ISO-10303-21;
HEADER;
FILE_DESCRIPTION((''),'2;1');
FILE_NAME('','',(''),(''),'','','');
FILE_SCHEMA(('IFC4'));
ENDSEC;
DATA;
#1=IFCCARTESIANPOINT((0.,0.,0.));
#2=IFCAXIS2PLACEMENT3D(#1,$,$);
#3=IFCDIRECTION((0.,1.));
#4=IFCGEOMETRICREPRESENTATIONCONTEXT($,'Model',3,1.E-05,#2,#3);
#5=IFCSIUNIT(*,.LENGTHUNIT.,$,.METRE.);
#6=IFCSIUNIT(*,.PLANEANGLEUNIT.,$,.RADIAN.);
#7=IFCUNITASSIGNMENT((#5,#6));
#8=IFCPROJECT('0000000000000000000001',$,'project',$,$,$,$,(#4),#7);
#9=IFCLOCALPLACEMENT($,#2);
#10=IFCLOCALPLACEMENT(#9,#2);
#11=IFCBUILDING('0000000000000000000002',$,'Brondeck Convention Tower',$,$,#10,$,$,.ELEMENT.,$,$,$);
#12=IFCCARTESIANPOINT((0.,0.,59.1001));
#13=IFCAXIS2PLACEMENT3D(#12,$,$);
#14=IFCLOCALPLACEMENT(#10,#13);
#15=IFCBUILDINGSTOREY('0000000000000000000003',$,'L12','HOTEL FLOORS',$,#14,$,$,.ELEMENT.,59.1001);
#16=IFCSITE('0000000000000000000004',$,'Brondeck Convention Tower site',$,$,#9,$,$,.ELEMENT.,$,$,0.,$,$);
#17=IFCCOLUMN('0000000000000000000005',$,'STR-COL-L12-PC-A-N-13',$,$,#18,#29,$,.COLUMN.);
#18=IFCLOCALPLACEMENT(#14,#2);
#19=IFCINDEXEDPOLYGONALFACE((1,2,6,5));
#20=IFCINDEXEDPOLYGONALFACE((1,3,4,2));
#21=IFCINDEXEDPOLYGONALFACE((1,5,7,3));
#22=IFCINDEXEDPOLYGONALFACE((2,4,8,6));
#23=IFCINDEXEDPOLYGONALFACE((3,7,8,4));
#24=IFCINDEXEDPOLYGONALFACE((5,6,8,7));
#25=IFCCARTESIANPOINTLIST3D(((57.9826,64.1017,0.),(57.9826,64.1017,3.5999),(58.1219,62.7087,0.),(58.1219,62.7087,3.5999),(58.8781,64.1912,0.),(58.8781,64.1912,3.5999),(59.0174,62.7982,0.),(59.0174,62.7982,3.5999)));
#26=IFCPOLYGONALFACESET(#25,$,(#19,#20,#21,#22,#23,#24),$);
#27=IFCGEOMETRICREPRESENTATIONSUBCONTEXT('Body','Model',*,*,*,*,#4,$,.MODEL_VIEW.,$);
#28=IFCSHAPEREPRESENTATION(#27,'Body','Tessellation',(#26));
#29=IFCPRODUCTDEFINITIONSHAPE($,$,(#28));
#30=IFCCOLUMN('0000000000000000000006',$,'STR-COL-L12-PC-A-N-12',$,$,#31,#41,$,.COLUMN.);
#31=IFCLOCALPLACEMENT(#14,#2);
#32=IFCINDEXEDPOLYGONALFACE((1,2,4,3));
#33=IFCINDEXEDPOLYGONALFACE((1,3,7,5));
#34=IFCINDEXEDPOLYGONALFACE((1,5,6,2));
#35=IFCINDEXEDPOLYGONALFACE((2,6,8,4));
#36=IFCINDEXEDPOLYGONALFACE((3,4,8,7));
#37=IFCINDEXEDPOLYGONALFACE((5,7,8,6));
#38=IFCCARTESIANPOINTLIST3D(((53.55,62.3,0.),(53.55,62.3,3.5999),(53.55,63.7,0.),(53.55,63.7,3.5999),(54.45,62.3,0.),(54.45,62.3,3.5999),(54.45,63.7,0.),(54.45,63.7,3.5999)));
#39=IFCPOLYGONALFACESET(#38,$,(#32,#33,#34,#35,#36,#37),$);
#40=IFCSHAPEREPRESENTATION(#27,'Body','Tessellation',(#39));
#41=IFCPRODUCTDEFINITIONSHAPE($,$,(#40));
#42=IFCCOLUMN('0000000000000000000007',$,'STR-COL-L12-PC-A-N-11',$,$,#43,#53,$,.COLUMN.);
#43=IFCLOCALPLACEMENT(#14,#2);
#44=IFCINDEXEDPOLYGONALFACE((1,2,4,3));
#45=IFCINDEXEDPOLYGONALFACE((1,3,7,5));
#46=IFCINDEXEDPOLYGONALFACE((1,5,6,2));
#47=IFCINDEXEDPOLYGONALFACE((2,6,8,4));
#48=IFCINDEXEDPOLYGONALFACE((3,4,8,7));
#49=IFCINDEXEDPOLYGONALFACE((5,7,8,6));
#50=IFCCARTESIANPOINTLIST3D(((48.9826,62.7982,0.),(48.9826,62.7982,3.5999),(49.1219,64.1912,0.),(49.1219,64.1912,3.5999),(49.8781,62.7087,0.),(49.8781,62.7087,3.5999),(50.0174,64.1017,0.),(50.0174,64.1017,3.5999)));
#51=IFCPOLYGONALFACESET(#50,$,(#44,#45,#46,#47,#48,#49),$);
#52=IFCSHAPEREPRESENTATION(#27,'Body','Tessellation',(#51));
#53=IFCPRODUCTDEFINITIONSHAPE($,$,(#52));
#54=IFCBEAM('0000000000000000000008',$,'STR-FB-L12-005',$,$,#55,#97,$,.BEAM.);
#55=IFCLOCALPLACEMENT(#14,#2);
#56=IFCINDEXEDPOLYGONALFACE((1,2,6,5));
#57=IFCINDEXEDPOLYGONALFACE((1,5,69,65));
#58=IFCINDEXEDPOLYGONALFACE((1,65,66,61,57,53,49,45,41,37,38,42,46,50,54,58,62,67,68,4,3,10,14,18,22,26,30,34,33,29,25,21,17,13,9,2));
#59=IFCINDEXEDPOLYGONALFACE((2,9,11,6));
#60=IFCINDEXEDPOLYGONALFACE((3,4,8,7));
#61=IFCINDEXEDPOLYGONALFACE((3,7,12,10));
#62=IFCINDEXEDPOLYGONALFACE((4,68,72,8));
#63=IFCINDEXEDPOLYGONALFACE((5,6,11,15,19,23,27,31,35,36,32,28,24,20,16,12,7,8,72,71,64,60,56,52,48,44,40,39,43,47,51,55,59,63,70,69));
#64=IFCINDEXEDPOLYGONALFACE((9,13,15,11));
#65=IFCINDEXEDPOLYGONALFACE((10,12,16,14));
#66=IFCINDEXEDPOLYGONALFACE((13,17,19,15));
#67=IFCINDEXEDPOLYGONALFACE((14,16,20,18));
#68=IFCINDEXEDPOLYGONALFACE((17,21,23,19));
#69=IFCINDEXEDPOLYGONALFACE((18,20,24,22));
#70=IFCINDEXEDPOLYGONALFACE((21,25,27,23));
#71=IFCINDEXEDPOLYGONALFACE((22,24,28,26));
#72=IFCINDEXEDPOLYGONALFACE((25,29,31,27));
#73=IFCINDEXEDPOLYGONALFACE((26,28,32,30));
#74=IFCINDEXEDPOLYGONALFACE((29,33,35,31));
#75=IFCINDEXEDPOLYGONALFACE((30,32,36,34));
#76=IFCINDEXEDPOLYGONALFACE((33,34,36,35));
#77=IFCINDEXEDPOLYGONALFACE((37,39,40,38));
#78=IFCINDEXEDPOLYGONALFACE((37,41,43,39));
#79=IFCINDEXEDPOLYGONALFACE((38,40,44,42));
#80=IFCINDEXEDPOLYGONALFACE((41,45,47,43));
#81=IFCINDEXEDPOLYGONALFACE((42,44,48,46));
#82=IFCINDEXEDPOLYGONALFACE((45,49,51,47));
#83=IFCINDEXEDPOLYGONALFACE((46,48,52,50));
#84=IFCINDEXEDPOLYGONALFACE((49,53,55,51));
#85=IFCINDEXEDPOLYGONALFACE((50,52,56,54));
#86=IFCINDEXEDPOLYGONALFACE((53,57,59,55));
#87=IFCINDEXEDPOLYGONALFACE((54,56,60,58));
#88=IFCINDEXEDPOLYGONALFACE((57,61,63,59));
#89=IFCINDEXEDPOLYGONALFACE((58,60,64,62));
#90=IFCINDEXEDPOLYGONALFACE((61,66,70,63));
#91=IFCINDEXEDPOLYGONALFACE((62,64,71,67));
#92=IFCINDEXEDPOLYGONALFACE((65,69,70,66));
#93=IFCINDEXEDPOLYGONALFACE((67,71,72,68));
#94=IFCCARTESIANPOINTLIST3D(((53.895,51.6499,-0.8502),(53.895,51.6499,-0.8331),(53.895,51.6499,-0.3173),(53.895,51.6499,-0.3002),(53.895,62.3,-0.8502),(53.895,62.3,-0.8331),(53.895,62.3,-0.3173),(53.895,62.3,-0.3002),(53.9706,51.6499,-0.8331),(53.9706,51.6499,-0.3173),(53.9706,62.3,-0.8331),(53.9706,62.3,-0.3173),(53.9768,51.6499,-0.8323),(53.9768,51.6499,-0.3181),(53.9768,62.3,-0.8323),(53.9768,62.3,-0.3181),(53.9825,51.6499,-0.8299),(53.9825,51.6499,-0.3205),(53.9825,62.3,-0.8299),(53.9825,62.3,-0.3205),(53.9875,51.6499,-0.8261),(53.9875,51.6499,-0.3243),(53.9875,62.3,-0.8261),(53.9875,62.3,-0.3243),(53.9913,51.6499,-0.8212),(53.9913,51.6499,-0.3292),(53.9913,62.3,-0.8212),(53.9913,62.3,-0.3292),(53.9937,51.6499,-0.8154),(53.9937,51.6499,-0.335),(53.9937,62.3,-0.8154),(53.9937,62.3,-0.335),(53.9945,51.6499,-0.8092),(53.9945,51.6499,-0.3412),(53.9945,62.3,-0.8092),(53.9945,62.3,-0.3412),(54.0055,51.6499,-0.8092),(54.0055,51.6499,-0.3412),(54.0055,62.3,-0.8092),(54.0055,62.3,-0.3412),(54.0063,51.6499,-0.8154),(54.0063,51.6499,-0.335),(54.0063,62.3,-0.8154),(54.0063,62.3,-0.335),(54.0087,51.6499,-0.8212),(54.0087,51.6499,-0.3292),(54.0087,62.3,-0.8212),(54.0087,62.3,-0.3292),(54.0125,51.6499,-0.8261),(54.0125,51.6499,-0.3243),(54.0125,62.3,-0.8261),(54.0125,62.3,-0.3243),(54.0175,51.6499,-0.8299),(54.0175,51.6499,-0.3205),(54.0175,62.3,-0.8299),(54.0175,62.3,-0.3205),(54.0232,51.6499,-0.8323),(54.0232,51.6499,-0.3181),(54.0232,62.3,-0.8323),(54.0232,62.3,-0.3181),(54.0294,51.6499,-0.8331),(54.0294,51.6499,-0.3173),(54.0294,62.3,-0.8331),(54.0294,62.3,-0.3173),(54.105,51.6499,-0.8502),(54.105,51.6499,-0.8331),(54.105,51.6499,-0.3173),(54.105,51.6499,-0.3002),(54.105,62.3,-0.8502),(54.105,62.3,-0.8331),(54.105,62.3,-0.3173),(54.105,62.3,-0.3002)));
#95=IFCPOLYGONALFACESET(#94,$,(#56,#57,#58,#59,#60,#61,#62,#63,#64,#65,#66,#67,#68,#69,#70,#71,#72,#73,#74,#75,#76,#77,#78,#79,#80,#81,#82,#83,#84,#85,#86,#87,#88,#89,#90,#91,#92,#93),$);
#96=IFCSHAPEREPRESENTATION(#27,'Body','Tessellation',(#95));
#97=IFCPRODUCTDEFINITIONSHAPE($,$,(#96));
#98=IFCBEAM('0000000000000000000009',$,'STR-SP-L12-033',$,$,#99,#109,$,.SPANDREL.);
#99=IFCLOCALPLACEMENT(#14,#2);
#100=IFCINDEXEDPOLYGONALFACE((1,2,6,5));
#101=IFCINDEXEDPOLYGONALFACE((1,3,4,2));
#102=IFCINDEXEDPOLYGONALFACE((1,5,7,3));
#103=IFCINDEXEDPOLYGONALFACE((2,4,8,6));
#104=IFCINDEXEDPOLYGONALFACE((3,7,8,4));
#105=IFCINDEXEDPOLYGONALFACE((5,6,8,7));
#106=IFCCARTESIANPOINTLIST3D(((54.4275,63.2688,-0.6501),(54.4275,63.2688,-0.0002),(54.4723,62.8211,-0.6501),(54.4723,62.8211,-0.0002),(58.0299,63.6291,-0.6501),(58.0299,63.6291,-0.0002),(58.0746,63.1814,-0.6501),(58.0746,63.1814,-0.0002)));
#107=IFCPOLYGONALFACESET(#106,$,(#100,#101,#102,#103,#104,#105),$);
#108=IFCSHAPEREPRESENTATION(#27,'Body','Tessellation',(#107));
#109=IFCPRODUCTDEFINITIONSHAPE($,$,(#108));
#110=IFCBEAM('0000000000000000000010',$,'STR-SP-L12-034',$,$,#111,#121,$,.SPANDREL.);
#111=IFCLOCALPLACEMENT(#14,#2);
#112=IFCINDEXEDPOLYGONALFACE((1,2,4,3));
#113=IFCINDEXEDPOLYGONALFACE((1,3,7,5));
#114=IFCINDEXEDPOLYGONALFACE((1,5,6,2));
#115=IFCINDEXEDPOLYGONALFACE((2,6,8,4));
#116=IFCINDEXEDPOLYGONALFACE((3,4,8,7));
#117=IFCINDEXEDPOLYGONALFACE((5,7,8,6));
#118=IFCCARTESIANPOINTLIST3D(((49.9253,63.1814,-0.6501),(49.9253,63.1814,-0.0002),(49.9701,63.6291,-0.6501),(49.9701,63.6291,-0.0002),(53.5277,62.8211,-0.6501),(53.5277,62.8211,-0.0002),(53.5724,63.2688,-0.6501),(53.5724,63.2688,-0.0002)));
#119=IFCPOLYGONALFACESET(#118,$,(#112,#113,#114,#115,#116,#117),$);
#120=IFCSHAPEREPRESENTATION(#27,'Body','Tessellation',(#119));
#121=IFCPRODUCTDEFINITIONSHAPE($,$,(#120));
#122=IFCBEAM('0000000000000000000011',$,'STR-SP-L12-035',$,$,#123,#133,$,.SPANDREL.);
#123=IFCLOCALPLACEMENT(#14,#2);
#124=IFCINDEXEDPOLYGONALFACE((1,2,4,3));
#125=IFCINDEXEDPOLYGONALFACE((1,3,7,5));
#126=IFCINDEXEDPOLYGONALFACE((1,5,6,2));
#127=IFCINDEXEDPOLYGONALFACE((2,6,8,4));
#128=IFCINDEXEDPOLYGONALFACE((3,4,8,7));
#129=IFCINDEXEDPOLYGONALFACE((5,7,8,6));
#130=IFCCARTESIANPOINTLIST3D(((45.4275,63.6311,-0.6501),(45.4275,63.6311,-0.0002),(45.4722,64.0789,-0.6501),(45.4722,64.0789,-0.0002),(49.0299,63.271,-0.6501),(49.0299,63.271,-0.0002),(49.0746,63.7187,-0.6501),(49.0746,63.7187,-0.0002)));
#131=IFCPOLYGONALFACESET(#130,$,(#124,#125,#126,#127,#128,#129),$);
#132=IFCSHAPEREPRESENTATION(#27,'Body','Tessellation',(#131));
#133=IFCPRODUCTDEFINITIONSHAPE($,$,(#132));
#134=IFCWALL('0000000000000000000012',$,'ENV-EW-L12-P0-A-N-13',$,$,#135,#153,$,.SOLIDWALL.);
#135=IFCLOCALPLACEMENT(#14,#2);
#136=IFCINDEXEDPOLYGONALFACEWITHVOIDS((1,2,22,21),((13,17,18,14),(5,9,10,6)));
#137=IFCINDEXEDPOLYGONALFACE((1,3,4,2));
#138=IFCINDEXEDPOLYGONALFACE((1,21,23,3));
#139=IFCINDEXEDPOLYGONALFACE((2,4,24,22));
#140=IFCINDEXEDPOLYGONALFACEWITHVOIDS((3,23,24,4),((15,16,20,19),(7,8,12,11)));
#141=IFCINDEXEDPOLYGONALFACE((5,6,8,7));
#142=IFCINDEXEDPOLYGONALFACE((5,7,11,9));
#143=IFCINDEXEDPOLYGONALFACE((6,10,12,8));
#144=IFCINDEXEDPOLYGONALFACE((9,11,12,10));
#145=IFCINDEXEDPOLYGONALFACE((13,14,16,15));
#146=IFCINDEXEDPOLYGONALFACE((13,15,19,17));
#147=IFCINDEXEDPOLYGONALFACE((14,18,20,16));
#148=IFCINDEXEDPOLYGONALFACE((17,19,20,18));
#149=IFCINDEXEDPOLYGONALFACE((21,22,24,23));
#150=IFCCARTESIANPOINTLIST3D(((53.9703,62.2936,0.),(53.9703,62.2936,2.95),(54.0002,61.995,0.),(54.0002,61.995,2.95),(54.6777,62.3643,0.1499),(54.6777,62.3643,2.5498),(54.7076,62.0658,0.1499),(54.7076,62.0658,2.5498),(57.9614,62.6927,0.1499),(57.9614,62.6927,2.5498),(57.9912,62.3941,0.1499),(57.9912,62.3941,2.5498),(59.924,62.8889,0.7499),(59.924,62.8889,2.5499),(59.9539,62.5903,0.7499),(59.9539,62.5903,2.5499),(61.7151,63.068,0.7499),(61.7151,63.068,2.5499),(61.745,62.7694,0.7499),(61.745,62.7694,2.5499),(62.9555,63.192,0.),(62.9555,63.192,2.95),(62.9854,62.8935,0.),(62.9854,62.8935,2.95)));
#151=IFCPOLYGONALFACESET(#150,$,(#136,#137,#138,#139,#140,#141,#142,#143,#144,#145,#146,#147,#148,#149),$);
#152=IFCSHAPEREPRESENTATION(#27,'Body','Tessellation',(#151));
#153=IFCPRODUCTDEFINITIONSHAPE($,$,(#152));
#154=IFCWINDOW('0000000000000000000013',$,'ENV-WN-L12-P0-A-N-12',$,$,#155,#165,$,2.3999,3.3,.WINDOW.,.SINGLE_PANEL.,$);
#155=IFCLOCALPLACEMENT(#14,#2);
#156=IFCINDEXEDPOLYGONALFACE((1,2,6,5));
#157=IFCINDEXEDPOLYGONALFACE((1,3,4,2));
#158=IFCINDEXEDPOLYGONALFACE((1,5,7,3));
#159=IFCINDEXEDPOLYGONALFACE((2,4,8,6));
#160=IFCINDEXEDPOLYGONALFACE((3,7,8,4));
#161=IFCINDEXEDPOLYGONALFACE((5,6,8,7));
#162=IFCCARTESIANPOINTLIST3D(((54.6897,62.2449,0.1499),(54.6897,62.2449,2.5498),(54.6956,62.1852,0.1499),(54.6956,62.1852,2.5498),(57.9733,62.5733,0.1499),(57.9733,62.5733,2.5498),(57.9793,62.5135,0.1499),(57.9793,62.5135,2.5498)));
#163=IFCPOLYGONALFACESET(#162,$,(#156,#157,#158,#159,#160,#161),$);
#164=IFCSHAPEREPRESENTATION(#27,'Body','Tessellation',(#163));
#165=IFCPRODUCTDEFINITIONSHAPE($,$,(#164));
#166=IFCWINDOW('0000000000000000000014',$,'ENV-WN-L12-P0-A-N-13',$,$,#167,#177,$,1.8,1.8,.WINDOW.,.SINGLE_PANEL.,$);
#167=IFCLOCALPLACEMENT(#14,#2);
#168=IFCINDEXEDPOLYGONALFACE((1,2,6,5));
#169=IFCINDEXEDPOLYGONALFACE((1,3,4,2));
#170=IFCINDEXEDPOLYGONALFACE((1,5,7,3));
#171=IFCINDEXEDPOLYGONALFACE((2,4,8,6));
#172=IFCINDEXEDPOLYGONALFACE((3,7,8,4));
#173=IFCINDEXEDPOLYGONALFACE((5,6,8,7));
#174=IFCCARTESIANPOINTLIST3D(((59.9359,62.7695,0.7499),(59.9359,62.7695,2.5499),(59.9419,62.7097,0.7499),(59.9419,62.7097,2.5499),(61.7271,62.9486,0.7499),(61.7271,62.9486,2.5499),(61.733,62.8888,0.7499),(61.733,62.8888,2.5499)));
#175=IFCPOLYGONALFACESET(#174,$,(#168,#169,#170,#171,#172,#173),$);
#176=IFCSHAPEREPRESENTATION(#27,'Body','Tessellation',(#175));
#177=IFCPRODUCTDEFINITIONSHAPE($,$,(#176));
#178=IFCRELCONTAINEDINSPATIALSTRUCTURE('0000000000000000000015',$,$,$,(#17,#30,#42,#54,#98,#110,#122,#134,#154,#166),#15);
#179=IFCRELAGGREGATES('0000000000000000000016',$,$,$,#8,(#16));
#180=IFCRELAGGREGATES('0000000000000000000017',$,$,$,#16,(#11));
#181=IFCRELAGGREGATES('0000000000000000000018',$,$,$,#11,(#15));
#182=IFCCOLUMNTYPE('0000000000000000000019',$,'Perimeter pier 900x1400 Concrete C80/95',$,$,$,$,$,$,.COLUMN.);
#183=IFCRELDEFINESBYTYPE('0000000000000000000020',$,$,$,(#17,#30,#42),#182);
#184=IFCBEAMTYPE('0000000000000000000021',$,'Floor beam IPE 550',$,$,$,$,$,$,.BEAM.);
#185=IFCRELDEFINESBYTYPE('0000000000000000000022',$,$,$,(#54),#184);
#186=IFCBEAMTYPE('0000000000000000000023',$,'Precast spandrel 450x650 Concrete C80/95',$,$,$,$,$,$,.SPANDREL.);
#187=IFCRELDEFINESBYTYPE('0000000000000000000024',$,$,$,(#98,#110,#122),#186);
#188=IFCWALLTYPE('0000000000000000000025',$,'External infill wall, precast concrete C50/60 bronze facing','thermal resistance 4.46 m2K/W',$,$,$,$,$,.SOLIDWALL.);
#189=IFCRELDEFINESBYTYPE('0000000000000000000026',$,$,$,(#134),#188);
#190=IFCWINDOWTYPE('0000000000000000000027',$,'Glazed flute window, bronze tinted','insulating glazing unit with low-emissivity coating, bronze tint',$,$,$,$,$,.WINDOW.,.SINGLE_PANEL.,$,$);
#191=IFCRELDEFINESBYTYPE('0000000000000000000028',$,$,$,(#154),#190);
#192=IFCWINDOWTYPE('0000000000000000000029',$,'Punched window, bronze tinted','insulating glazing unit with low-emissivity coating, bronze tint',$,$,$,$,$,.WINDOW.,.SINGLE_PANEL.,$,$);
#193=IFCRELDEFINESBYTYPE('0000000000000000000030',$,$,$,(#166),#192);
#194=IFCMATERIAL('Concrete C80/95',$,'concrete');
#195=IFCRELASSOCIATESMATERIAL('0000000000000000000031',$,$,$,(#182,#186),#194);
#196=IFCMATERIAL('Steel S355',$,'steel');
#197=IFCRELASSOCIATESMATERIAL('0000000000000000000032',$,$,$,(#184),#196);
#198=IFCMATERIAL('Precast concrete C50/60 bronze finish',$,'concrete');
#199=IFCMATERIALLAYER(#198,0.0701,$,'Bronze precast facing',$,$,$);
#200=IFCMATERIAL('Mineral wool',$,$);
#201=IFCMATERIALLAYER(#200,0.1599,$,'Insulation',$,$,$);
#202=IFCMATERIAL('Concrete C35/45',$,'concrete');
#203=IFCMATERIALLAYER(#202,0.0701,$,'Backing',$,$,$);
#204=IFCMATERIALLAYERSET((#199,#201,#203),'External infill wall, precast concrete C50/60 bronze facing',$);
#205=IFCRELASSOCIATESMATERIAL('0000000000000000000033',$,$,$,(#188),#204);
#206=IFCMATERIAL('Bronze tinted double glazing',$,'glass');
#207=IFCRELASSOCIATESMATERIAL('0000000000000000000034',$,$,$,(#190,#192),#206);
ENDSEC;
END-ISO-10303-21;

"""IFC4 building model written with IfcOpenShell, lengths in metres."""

from ifc_helpers import new_model, si_unit, direction, frame, frame_2d, origin, origin_2d, place, context, subcontext, project, spatial, rectangle, i_section, extrude, material, layer, layer_set, material_profile, profile_set, type_object, element, fill, save


model = new_model("IFC4")

# Units and contexts
model_context = context("Model", 3, precision=1e-05, world=origin(), true_north=direction((0.0, 1.0)))
body_context = subcontext(model_context, "Body", "Model", "MODEL_VIEW")
ifc_project = project(units=[si_unit("LENGTHUNIT", "METRE"), si_unit("PLANEANGLEUNIT", "RADIAN")], contexts=[model_context])

# Site, building, storey
site_placement = place(None, origin())
site = spatial("IfcSite", under=ifc_project, at=site_placement, Name="Brondeck Convention Tower site", CompositionType="ELEMENT", RefElevation=0.0)
building_placement = place(site_placement, origin())
building = spatial("IfcBuilding", under=site, at=building_placement, Name="Brondeck Convention Tower", CompositionType="ELEMENT")
storey_placement = place(building_placement, frame((0.0, 0.0, 59.1001)))
storey = spatial("IfcBuildingStorey", under=building, at=storey_placement, Name="L12", Description="HOTEL FLOORS", CompositionType="ELEMENT", Elevation=59.1001)

# Columns
ifc_material_1 = material(Name="Concrete C80/95", Category="concrete")
ifc_material_profile_1 = material_profile(ifc_material_1, rectangle(XDim=0.8999, YDim=1.3999, at=origin_2d()), Name="Perimeter pier 900x1400 Concrete C80/95")
ifc_profile_set_1 = profile_set([ifc_material_profile_1], Name="Concrete C80/95")
column_type = type_object("IfcColumnType", Name="Perimeter pier 900x1400 Concrete C80/95", PredefinedType="COLUMN", material=ifc_profile_set_1)
for number, where, z_axis, x_axis, name in (
    (1, (58.5, 63.45, 0.0), (0.0, 0.0, 1.0), (-0.995037, -0.099504, 0.0), "STR-COL-L12-PC-A-N-13"),
    (2, (54.0, 63.0, 0.0), (0.0, 0.0, 1.0), (-1.0, 0.0, 0.0), "STR-COL-L12-PC-A-N-12"),
    (3, (49.5, 63.45, 0.0), (0.0, 0.0, 1.0), (-0.995037, 0.099504, 0.0), "STR-COL-L12-PC-A-N-11"),
):
    element("IfcColumn", number, at=place(storey_placement, frame(where, z_axis=z_axis, x_axis=x_axis)), inside=storey, type_object=column_type, Name=name, PredefinedType="COLUMN", context=body_context, shape_type="SweptSolid", body=[
        extrude(rectangle(XDim=0.8999, YDim=1.3999, at=origin_2d()), origin(), (0.0, 0.0, 1.0), 3.5999),
    ])

# Beams
ifc_material_2 = material(Name="Steel S355", Category="steel")
ifc_material_profile_2 = material_profile(ifc_material_2, i_section(OverallWidth=0.21, OverallDepth=0.55, WebThickness=0.011, FlangeThickness=0.0171, FilletRadius=0.0239, at=origin_2d()), Name="IPE 550")
ifc_profile_set_2 = profile_set([ifc_material_profile_2], Name="Steel S355")
beam_type_1 = type_object("IfcBeamType", Name="Floor beam IPE 550", PredefinedType="BEAM", material=ifc_profile_set_2)
beam_placement = place(storey_placement, frame((54.0, 51.6499, -0.5752), z_axis=(0.0, 1.0, 0.0), x_axis=(-1.0, 0.0, 0.0)))
element("IfcBeam", 4, at=beam_placement, inside=storey, type_object=beam_type_1, Name="STR-FB-L12-005", PredefinedType="BEAM", context=body_context, shape_type="SweptSolid", body=[
    extrude(i_section(OverallWidth=0.21, OverallDepth=0.55, WebThickness=0.011, FlangeThickness=0.0171, FilletRadius=0.0239, at=origin_2d()), origin(), (0.0, 0.0, 1.0), 10.6501),
])
ifc_material_profile_3 = material_profile(ifc_material_1, rectangle(XDim=0.45, YDim=0.6499, at=origin_2d()), Name="Precast spandrel 450x650 Concrete C80/95")
ifc_profile_set_3 = profile_set([ifc_material_profile_3], Name="Concrete C80/95")
beam_type_2 = type_object("IfcBeamType", Name="Precast spandrel 450x650 Concrete C80/95", PredefinedType="SPANDREL", material=ifc_profile_set_3)
for number, where, z_axis, x_axis, name in (
    (5, (58.0522, 63.4053, -0.3252), (-0.995034, -0.099537, 0.0), (0.099537, -0.995034, 0.0), "STR-SP-L12-033"),
    (6, (53.55, 63.0449, -0.3252), (-0.995034, 0.099537, 0.0), (-0.099537, -0.995034, 0.0), "STR-SP-L12-034"),
    (7, (49.0522, 63.4949, -0.3252), (-0.995041, 0.09947, 0.0), (-0.09947, -0.995041, 0.0), "STR-SP-L12-035"),
):
    element("IfcBeam", number, at=place(storey_placement, frame(where, z_axis=z_axis, x_axis=x_axis)), inside=storey, type_object=beam_type_2, Name=name, PredefinedType="SPANDREL", context=body_context, shape_type="SweptSolid", body=[
        extrude(rectangle(XDim=0.45, YDim=0.6499, at=origin_2d()), origin(), (0.0, 0.0, 1.0), 3.6204),
    ])

# Wall, openings, windows
ifc_material_3 = material(Name="Precast concrete C50/60 bronze finish", Category="concrete")
ifc_layer_1 = layer(ifc_material_3, 0.0701, Name="Bronze precast facing")
ifc_material_4 = material(Name="Mineral wool")
ifc_layer_2 = layer(ifc_material_4, 0.1599, Name="Insulation")
ifc_material_5 = material(Name="Concrete C35/45", Category="concrete")
ifc_layer_3 = layer(ifc_material_5, 0.0701, Name="Backing")
ifc_layer_set_1 = layer_set([ifc_layer_1, ifc_layer_2, ifc_layer_3], Name="External infill wall, precast concrete C50/60 bronze facing")
wall_type_1 = type_object("IfcWallType", Name="External infill wall, precast concrete C50/60 bronze facing", Description="thermal resistance 4.46 m2K/W", PredefinedType="SOLIDWALL", material=ifc_layer_set_1)
wall_1_placement = place(storey_placement, frame((53.9851, 62.1443, 0.0), z_axis=(0.0, 0.0, 1.0), x_axis=(0.995038, 0.099496, 0.0)))
wall_1 = element("IfcWall", 8, at=wall_1_placement, inside=storey, type_object=wall_type_1, Name="ENV-EW-L12-P0-A-N-13", PredefinedType="SOLIDWALL", context=body_context, shape_type="SweptSolid", body=[
    extrude(rectangle(XDim=9.03, YDim=0.3, at=frame_2d((4.5151, 0.0))), origin(), (0.0, 0.0, 1.0), 2.95),
])
opening_1_placement = place(wall_1_placement, frame((0.7112, 0.0, 0.1499)))
opening_1 = element("IfcOpeningElement", 9, at=opening_1_placement, cuts=wall_1, PredefinedType="OPENING", context=body_context, shape_type="SweptSolid", body=[
    extrude(rectangle(XDim=3.3, YDim=2.3999, at=frame_2d((1.6499, 1.2))), frame((0.0, 0.1599, 0.0), z_axis=(0.0, -1.0, 0.0), x_axis=(1.0, 0.0, 0.0)), (0.0, 0.0, 1.0), 0.3201),
])
opening_2_placement = place(wall_1_placement, frame((5.9836, 0.0, 0.75)))
opening_2 = element("IfcOpeningElement", 10, at=opening_2_placement, cuts=wall_1, PredefinedType="OPENING", context=body_context, shape_type="SweptSolid", body=[
    extrude(rectangle(XDim=1.8, YDim=1.8, at=frame_2d((0.8999, 0.8999))), frame((0.0, 0.1599, 0.0), z_axis=(0.0, -1.0, 0.0), x_axis=(1.0, 0.0, 0.0)), (0.0, 0.0, 1.0), 0.3201),
])
ifc_material_6 = material(Name="Bronze tinted double glazing", Category="glass")
window_type_1 = type_object("IfcWindowType", Name="Glazed flute window, bronze tinted", Description="insulating glazing unit with low-emissivity coating, bronze tint", PartitioningType="SINGLE_PANEL", PredefinedType="WINDOW", material=ifc_material_6)
window_1_placement = place(opening_1_placement, origin())
window_1 = element("IfcWindow", 11, at=window_1_placement, inside=storey, type_object=window_type_1, Name="ENV-WN-L12-P0-A-N-12", OverallHeight=2.3999, OverallWidth=3.3, PartitioningType="SINGLE_PANEL", PredefinedType="WINDOW", context=body_context, shape_type="SweptSolid", body=[
    extrude(rectangle(XDim=3.3, YDim=2.3999, at=frame_2d((1.6499, 1.2))), frame((0.0, 0.03, 0.0), z_axis=(0.0, -1.0, 0.0), x_axis=(1.0, 0.0, 0.0)), (0.0, 0.0, 1.0), 0.0601),
])
fill(opening_1, window_1)
window_type_2 = type_object("IfcWindowType", Name="Punched window, bronze tinted", Description="insulating glazing unit with low-emissivity coating, bronze tint", PartitioningType="SINGLE_PANEL", PredefinedType="WINDOW", material=ifc_material_6)
window_2_placement = place(opening_2_placement, origin())
window_2 = element("IfcWindow", 12, at=window_2_placement, inside=storey, type_object=window_type_2, Name="ENV-WN-L12-P0-A-N-13", OverallHeight=1.8, OverallWidth=1.8, PartitioningType="SINGLE_PANEL", PredefinedType="WINDOW", context=body_context, shape_type="SweptSolid", body=[
    extrude(rectangle(XDim=1.8, YDim=1.8, at=frame_2d((0.8999, 0.8999))), frame((0.0, 0.03, 0.0), z_axis=(0.0, -1.0, 0.0), x_axis=(1.0, 0.0, 0.0)), (0.0, 0.0, 1.0), 0.0601),
])
fill(opening_2, window_2)

save(model, "model.ifc")
